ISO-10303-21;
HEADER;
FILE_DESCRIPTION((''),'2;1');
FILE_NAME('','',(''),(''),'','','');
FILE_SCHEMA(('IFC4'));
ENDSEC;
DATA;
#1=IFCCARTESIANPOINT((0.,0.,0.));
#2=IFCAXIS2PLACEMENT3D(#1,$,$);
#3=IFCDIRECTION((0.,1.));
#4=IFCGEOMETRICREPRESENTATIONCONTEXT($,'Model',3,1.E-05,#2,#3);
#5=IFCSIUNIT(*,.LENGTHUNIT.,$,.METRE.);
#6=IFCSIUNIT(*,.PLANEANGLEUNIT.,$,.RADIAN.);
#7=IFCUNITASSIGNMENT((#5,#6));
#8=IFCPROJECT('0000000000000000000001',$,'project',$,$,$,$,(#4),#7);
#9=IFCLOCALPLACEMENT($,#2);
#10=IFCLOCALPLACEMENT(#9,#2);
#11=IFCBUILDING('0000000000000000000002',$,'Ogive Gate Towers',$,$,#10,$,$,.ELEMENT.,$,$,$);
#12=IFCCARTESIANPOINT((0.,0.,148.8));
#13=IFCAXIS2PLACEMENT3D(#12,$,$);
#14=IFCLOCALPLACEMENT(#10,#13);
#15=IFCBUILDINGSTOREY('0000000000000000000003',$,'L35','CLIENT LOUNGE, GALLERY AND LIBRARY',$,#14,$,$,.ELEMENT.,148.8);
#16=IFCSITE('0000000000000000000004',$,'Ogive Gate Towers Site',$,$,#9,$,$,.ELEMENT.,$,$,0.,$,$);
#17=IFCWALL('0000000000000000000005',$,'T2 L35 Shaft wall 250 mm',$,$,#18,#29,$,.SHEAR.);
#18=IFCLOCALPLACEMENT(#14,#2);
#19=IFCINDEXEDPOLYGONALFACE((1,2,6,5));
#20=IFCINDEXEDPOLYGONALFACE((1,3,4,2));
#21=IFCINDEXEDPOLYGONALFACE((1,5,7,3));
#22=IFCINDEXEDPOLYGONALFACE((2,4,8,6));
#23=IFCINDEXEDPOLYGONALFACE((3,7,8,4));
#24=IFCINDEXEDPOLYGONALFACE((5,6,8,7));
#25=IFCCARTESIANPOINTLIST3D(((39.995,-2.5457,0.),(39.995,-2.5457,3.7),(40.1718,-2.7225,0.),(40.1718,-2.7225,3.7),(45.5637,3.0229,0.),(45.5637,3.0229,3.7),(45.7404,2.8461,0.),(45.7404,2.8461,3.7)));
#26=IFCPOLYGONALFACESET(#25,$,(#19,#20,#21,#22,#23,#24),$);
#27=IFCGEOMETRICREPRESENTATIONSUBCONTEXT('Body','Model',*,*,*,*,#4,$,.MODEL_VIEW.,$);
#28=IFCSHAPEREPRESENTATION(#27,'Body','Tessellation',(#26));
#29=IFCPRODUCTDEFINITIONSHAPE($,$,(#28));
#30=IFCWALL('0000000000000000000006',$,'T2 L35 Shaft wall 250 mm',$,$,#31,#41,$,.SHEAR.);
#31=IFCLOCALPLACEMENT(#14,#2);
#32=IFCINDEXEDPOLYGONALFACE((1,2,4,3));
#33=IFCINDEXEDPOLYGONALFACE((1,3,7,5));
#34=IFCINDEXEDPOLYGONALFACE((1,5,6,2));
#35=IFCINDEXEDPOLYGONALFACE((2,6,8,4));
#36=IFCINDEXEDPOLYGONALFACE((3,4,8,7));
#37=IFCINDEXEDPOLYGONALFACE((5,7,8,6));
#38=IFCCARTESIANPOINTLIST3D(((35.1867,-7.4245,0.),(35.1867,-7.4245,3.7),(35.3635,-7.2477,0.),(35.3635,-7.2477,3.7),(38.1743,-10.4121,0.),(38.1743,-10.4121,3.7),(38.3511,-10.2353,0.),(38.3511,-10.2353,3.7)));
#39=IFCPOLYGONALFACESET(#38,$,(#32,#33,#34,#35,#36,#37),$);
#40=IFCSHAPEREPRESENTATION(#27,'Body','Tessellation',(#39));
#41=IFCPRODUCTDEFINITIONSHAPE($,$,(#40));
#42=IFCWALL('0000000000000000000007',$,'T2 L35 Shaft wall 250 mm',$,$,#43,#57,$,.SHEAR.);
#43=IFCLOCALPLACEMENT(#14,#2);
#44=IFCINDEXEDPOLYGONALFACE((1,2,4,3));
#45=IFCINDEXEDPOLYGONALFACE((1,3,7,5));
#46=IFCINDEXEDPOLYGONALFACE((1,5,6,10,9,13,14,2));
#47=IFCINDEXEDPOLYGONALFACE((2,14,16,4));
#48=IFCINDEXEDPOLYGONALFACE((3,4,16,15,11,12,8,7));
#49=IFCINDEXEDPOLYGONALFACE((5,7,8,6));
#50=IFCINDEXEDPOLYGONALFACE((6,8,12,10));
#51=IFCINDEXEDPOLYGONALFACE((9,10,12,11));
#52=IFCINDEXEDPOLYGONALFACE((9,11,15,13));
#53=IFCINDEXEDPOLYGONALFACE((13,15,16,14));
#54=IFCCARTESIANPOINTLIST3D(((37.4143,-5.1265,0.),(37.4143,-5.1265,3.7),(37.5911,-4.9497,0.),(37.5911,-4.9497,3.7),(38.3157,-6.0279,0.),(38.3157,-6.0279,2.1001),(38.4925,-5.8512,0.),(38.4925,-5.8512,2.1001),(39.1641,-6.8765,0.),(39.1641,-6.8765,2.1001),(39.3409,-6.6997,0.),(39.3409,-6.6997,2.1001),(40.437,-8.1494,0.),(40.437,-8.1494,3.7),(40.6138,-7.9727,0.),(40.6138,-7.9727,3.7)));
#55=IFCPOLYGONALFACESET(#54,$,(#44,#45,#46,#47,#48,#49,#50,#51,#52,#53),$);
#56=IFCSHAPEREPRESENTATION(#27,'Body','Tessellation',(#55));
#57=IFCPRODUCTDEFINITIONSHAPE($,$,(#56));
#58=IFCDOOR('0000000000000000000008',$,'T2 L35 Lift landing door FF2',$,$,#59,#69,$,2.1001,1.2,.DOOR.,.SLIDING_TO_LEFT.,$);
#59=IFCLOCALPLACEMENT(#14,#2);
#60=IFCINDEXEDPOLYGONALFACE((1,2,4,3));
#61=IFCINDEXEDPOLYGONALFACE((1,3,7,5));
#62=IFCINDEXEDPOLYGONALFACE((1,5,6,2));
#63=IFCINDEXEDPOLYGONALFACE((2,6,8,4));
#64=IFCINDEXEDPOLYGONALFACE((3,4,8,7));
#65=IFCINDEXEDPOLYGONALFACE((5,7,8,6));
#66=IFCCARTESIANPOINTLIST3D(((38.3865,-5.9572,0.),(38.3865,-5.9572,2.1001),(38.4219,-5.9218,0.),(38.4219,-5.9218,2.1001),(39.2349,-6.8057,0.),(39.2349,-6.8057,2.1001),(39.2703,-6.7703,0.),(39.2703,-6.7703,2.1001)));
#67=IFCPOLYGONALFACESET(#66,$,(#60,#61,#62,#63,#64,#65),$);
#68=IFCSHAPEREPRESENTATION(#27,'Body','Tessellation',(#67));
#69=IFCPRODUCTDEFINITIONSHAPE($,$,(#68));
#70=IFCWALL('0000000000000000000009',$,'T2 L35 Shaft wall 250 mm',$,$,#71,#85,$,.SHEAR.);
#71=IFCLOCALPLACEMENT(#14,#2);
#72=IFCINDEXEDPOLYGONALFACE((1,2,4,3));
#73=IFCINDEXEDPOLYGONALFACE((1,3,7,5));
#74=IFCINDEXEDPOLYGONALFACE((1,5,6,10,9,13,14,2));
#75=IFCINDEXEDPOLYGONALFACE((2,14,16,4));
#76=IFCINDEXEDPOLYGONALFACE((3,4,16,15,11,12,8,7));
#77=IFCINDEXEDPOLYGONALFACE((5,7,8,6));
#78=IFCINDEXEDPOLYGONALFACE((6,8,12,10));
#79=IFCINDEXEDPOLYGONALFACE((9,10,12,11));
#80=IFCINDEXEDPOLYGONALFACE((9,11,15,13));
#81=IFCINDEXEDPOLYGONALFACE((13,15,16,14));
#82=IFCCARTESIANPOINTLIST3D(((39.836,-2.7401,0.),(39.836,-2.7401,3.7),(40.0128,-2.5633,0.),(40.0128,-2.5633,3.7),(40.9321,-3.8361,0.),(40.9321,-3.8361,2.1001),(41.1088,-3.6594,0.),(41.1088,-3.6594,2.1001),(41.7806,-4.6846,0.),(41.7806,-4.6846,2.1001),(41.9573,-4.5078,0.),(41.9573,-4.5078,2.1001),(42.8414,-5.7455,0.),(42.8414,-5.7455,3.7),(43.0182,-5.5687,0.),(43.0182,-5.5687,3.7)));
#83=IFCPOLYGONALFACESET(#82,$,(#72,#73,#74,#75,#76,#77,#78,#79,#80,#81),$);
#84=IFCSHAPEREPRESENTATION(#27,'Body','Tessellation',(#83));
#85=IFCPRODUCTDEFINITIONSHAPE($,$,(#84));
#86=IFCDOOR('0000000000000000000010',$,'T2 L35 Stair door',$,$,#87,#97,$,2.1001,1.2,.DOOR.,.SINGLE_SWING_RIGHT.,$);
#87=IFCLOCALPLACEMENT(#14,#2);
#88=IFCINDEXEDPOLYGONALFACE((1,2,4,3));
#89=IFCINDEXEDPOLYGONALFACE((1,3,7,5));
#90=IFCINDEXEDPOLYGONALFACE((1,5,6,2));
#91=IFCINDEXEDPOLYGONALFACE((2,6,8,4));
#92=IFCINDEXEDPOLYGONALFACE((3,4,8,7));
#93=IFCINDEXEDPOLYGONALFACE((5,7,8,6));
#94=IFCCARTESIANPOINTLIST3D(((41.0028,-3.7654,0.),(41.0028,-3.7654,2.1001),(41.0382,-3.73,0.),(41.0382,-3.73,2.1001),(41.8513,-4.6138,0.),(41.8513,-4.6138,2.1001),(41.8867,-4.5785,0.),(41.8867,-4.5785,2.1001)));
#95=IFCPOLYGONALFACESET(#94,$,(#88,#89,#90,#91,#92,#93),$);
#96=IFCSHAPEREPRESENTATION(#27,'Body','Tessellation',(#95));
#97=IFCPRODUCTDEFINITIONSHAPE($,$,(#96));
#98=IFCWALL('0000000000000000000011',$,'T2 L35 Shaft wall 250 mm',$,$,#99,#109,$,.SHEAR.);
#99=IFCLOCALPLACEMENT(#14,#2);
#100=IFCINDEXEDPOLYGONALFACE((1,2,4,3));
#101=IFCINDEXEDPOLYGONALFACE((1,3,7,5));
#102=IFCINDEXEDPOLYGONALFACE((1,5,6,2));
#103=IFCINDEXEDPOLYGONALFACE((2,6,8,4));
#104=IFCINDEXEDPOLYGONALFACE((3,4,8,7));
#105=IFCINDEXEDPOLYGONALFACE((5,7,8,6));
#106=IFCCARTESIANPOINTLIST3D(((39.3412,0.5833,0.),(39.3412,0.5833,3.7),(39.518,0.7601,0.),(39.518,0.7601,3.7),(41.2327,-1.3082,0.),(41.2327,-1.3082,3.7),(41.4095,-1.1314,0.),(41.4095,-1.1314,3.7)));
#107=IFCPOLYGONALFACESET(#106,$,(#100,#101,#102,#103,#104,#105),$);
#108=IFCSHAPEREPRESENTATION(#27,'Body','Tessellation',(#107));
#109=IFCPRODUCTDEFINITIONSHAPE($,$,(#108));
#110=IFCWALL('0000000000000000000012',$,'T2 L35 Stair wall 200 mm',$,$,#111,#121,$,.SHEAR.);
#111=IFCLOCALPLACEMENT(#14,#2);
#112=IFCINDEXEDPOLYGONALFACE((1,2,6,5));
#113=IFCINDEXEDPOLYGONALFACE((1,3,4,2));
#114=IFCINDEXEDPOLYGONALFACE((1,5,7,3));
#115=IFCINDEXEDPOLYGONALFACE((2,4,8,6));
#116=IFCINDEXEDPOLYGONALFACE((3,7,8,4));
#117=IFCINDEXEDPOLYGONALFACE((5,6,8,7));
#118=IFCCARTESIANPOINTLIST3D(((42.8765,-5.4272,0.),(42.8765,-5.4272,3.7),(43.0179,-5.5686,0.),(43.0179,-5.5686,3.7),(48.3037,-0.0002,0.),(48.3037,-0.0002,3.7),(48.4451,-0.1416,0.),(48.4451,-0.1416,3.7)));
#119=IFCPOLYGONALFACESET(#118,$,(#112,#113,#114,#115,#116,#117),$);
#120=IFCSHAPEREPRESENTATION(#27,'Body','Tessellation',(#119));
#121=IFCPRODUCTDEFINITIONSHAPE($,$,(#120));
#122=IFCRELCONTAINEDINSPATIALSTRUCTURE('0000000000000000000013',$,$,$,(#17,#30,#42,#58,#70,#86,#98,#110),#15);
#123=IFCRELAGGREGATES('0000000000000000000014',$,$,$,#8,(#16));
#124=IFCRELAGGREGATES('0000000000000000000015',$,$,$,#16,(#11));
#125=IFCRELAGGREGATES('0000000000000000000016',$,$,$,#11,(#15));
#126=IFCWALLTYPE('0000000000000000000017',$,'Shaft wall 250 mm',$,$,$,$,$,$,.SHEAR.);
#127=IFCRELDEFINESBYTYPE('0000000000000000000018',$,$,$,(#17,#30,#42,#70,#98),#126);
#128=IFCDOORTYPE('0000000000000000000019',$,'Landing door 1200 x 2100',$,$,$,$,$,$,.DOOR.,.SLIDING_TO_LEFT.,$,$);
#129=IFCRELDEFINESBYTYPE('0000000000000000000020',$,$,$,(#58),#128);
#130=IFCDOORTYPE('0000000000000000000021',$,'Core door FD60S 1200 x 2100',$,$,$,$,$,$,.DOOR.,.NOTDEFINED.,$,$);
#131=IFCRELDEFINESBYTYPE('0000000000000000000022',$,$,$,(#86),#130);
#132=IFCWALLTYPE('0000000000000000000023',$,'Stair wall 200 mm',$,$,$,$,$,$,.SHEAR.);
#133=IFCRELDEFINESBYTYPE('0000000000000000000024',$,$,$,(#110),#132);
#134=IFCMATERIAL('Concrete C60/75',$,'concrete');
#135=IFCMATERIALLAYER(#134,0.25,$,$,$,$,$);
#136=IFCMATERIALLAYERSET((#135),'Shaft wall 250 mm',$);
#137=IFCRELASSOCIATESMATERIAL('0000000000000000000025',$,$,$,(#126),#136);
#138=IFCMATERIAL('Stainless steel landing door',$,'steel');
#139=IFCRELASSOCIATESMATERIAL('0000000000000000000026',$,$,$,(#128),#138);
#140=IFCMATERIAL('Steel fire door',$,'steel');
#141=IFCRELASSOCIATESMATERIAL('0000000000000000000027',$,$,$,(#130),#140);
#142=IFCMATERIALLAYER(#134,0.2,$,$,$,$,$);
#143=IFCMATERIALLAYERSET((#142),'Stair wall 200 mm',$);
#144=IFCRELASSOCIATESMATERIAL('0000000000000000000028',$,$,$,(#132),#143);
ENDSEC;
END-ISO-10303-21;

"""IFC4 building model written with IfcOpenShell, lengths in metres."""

from ifc_helpers import new_model, si_unit, direction, frame, frame_2d, origin, place, context, subcontext, project, spatial, rectangle, extrude, material, layer, layer_set, type_object, element, fill, save


model = new_model("IFC4")

# Units and contexts
model_context = context("Model", 3, precision=1e-05, world=origin(), true_north=direction((0.0, 1.0)))
body_context = subcontext(model_context, "Body", "Model", "MODEL_VIEW")
ifc_project = project(units=[si_unit("LENGTHUNIT", "METRE"), si_unit("PLANEANGLEUNIT", "RADIAN")], contexts=[model_context])

# Site, building, storey
site_placement = place(None, origin())
site = spatial("IfcSite", under=ifc_project, at=site_placement, Name="Ogive Gate Towers Site", CompositionType="ELEMENT", RefElevation=0.0)
building_placement = place(site_placement, origin())
building = spatial("IfcBuilding", under=site, at=building_placement, Name="Ogive Gate Towers", CompositionType="ELEMENT")
storey_placement = place(building_placement, frame((0.0, 0.0, 148.8)))
storey = spatial("IfcBuildingStorey", under=building, at=storey_placement, Name="L35", Description="CLIENT LOUNGE, GALLERY AND LIBRARY", CompositionType="ELEMENT", Elevation=148.8)

# Walls
ifc_material_1 = material(Name="Concrete C60/75", Category="concrete")
ifc_layer_1 = layer(ifc_material_1, 0.25)
ifc_layer_set_1 = layer_set([ifc_layer_1], Name="Shaft wall 250 mm")
wall_type_1 = type_object("IfcWallType", Name="Shaft wall 250 mm", PredefinedType="SHEAR", material=ifc_layer_set_1)
wall_1_placement = place(storey_placement, frame((40.0835, -2.634, 0.0), z_axis=(0.0, 0.0, 1.0), x_axis=(0.707107, 0.707107, 0.0)))
element("IfcWall", 1, at=wall_1_placement, inside=storey, type_object=wall_type_1, Name="T2 L35 Shaft wall 250 mm", PredefinedType="SHEAR", context=body_context, shape_type="SweptSolid", body=[
    extrude(rectangle(XDim=7.8752, YDim=0.25, at=frame_2d((3.9375, 0.0))), origin(), (0.0, 0.0, 1.0), 3.7),
])
wall_2_placement = place(storey_placement, frame((38.2627, -10.3237, 0.0), z_axis=(0.0, 0.0, 1.0), x_axis=(-0.707107, 0.707107, 0.0)))
element("IfcWall", 2, at=wall_2_placement, inside=storey, type_object=wall_type_1, Name="T2 L35 Shaft wall 250 mm", PredefinedType="SHEAR", context=body_context, shape_type="SweptSolid", body=[
    extrude(rectangle(XDim=4.2251, YDim=0.25, at=frame_2d((2.1125, 0.0))), origin(), (0.0, 0.0, 1.0), 3.7),
])

# Walls, openings, doors
wall_3_placement = place(storey_placement, frame((40.5254, -8.061, 0.0), z_axis=(0.0, 0.0, 1.0), x_axis=(-0.707078, 0.707135, 0.0)))
wall_3 = element("IfcWall", 3, at=wall_3_placement, inside=storey, type_object=wall_type_1, Name="T2 L35 Shaft wall 250 mm", PredefinedType="SHEAR", context=body_context, shape_type="SweptSolid", body=[
    extrude(rectangle(XDim=4.2749, YDim=0.25, at=frame_2d((2.1375, 0.0))), origin(), (0.0, 0.0, 1.0), 3.7),
])
opening_1_placement = place(wall_3_placement, frame((1.8, 0.0, 0.0)))
opening_1 = element("IfcOpeningElement", 4, at=opening_1_placement, cuts=wall_3, PredefinedType="OPENING", context=body_context, shape_type="SweptSolid", body=[
    extrude(rectangle(XDim=1.2, YDim=2.1001, at=frame_2d((0.6001, 1.05))), frame((0.0, 0.135, 0.0), z_axis=(0.0, -1.0, 0.0), x_axis=(1.0, 0.0, 0.0)), (0.0, 0.0, 1.0), 0.27),
])
ifc_material_2 = material(Name="Stainless steel landing door", Category="steel")
door_type_1 = type_object("IfcDoorType", Name="Landing door 1200 x 2100", OperationType="SLIDING_TO_LEFT", PredefinedType="DOOR", material=ifc_material_2)
door_1_placement = place(opening_1_placement, origin())
door_1 = element("IfcDoor", 5, at=door_1_placement, inside=storey, type_object=door_type_1, Name="T2 L35 Lift landing door FF2", OperationType="SLIDING_TO_LEFT", OverallHeight=2.1001, OverallWidth=1.2, PredefinedType="DOOR", context=body_context, shape_type="SweptSolid", body=[
    extrude(rectangle(XDim=1.2, YDim=2.1001, at=frame_2d((0.6001, 1.05))), frame((0.0, 0.0249, 0.0), z_axis=(0.0, -1.0, 0.0), x_axis=(1.0, 0.0, 0.0)), (0.0, 0.0, 1.0), 0.05),
])
fill(opening_1, door_1)
wall_4_placement = place(storey_placement, frame((42.9297, -5.657, 0.0), z_axis=(0.0, 0.0, 1.0), x_axis=(-0.707107, 0.707107, 0.0)))
wall_4 = element("IfcWall", 6, at=wall_4_placement, inside=storey, type_object=wall_type_1, Name="T2 L35 Shaft wall 250 mm", PredefinedType="SHEAR", context=body_context, shape_type="SweptSolid", body=[
    extrude(rectangle(XDim=4.2502, YDim=0.25, at=frame_2d((2.125, 0.0))), origin(), (0.0, 0.0, 1.0), 3.7),
])
opening_2_placement = place(wall_4_placement, frame((1.5, 0.0, 0.0)))
opening_2 = element("IfcOpeningElement", 7, at=opening_2_placement, cuts=wall_4, PredefinedType="OPENING", context=body_context, shape_type="SweptSolid", body=[
    extrude(rectangle(XDim=1.2, YDim=2.1001, at=frame_2d((0.6001, 1.05))), frame((0.0, 0.135, 0.0), z_axis=(0.0, -1.0, 0.0), x_axis=(1.0, 0.0, 0.0)), (0.0, 0.0, 1.0), 0.27),
])
ifc_material_3 = material(Name="Steel fire door", Category="steel")
door_type_2 = type_object("IfcDoorType", Name="Core door FD60S 1200 x 2100", OperationType="NOTDEFINED", PredefinedType="DOOR", material=ifc_material_3)
door_2_placement = place(opening_2_placement, origin())
door_2 = element("IfcDoor", 8, at=door_2_placement, inside=storey, type_object=door_type_2, Name="T2 L35 Stair door", OperationType="SINGLE_SWING_RIGHT", OverallHeight=2.1001, OverallWidth=1.2, PredefinedType="DOOR", context=body_context, shape_type="SweptSolid", body=[
    extrude(rectangle(XDim=1.2, YDim=2.1001, at=frame_2d((0.6001, 1.05))), frame((0.0, 0.0249, 0.0), z_axis=(0.0, -1.0, 0.0), x_axis=(1.0, 0.0, 0.0)), (0.0, 0.0, 1.0), 0.05),
])
fill(opening_2, door_2)

# Walls
wall_5_placement = place(storey_placement, frame((41.321, -1.2197, 0.0), z_axis=(0.0, 0.0, 1.0), x_axis=(-0.707107, 0.707107, 0.0)))
element("IfcWall", 9, at=wall_5_placement, inside=storey, type_object=wall_type_1, Name="T2 L35 Shaft wall 250 mm", PredefinedType="SHEAR", context=body_context, shape_type="SweptSolid", body=[
    extrude(rectangle(XDim=2.675, YDim=0.25, at=frame_2d((1.3374, 0.0))), origin(), (0.0, 0.0, 1.0), 3.7),
])
ifc_layer_2 = layer(ifc_material_1, 0.2)
ifc_layer_set_2 = layer_set([ifc_layer_2], Name="Stair wall 200 mm")
wall_type_2 = type_object("IfcWallType", Name="Stair wall 200 mm", PredefinedType="SHEAR", material=ifc_layer_set_2)
wall_6_placement = place(storey_placement, frame((42.9473, -5.4978, 0.0), z_axis=(0.0, 0.0, 1.0), x_axis=(0.707123, 0.707091, 0.0)))
element("IfcWall", 10, at=wall_6_placement, inside=storey, type_object=wall_type_2, Name="T2 L35 Stair wall 200 mm", PredefinedType="SHEAR", context=body_context, shape_type="SweptSolid", body=[
    extrude(rectangle(XDim=7.675, YDim=0.2, at=frame_2d((3.8374, 0.0))), origin(), (0.0, 0.0, 1.0), 3.7),
])

save(model, "model.ifc")
